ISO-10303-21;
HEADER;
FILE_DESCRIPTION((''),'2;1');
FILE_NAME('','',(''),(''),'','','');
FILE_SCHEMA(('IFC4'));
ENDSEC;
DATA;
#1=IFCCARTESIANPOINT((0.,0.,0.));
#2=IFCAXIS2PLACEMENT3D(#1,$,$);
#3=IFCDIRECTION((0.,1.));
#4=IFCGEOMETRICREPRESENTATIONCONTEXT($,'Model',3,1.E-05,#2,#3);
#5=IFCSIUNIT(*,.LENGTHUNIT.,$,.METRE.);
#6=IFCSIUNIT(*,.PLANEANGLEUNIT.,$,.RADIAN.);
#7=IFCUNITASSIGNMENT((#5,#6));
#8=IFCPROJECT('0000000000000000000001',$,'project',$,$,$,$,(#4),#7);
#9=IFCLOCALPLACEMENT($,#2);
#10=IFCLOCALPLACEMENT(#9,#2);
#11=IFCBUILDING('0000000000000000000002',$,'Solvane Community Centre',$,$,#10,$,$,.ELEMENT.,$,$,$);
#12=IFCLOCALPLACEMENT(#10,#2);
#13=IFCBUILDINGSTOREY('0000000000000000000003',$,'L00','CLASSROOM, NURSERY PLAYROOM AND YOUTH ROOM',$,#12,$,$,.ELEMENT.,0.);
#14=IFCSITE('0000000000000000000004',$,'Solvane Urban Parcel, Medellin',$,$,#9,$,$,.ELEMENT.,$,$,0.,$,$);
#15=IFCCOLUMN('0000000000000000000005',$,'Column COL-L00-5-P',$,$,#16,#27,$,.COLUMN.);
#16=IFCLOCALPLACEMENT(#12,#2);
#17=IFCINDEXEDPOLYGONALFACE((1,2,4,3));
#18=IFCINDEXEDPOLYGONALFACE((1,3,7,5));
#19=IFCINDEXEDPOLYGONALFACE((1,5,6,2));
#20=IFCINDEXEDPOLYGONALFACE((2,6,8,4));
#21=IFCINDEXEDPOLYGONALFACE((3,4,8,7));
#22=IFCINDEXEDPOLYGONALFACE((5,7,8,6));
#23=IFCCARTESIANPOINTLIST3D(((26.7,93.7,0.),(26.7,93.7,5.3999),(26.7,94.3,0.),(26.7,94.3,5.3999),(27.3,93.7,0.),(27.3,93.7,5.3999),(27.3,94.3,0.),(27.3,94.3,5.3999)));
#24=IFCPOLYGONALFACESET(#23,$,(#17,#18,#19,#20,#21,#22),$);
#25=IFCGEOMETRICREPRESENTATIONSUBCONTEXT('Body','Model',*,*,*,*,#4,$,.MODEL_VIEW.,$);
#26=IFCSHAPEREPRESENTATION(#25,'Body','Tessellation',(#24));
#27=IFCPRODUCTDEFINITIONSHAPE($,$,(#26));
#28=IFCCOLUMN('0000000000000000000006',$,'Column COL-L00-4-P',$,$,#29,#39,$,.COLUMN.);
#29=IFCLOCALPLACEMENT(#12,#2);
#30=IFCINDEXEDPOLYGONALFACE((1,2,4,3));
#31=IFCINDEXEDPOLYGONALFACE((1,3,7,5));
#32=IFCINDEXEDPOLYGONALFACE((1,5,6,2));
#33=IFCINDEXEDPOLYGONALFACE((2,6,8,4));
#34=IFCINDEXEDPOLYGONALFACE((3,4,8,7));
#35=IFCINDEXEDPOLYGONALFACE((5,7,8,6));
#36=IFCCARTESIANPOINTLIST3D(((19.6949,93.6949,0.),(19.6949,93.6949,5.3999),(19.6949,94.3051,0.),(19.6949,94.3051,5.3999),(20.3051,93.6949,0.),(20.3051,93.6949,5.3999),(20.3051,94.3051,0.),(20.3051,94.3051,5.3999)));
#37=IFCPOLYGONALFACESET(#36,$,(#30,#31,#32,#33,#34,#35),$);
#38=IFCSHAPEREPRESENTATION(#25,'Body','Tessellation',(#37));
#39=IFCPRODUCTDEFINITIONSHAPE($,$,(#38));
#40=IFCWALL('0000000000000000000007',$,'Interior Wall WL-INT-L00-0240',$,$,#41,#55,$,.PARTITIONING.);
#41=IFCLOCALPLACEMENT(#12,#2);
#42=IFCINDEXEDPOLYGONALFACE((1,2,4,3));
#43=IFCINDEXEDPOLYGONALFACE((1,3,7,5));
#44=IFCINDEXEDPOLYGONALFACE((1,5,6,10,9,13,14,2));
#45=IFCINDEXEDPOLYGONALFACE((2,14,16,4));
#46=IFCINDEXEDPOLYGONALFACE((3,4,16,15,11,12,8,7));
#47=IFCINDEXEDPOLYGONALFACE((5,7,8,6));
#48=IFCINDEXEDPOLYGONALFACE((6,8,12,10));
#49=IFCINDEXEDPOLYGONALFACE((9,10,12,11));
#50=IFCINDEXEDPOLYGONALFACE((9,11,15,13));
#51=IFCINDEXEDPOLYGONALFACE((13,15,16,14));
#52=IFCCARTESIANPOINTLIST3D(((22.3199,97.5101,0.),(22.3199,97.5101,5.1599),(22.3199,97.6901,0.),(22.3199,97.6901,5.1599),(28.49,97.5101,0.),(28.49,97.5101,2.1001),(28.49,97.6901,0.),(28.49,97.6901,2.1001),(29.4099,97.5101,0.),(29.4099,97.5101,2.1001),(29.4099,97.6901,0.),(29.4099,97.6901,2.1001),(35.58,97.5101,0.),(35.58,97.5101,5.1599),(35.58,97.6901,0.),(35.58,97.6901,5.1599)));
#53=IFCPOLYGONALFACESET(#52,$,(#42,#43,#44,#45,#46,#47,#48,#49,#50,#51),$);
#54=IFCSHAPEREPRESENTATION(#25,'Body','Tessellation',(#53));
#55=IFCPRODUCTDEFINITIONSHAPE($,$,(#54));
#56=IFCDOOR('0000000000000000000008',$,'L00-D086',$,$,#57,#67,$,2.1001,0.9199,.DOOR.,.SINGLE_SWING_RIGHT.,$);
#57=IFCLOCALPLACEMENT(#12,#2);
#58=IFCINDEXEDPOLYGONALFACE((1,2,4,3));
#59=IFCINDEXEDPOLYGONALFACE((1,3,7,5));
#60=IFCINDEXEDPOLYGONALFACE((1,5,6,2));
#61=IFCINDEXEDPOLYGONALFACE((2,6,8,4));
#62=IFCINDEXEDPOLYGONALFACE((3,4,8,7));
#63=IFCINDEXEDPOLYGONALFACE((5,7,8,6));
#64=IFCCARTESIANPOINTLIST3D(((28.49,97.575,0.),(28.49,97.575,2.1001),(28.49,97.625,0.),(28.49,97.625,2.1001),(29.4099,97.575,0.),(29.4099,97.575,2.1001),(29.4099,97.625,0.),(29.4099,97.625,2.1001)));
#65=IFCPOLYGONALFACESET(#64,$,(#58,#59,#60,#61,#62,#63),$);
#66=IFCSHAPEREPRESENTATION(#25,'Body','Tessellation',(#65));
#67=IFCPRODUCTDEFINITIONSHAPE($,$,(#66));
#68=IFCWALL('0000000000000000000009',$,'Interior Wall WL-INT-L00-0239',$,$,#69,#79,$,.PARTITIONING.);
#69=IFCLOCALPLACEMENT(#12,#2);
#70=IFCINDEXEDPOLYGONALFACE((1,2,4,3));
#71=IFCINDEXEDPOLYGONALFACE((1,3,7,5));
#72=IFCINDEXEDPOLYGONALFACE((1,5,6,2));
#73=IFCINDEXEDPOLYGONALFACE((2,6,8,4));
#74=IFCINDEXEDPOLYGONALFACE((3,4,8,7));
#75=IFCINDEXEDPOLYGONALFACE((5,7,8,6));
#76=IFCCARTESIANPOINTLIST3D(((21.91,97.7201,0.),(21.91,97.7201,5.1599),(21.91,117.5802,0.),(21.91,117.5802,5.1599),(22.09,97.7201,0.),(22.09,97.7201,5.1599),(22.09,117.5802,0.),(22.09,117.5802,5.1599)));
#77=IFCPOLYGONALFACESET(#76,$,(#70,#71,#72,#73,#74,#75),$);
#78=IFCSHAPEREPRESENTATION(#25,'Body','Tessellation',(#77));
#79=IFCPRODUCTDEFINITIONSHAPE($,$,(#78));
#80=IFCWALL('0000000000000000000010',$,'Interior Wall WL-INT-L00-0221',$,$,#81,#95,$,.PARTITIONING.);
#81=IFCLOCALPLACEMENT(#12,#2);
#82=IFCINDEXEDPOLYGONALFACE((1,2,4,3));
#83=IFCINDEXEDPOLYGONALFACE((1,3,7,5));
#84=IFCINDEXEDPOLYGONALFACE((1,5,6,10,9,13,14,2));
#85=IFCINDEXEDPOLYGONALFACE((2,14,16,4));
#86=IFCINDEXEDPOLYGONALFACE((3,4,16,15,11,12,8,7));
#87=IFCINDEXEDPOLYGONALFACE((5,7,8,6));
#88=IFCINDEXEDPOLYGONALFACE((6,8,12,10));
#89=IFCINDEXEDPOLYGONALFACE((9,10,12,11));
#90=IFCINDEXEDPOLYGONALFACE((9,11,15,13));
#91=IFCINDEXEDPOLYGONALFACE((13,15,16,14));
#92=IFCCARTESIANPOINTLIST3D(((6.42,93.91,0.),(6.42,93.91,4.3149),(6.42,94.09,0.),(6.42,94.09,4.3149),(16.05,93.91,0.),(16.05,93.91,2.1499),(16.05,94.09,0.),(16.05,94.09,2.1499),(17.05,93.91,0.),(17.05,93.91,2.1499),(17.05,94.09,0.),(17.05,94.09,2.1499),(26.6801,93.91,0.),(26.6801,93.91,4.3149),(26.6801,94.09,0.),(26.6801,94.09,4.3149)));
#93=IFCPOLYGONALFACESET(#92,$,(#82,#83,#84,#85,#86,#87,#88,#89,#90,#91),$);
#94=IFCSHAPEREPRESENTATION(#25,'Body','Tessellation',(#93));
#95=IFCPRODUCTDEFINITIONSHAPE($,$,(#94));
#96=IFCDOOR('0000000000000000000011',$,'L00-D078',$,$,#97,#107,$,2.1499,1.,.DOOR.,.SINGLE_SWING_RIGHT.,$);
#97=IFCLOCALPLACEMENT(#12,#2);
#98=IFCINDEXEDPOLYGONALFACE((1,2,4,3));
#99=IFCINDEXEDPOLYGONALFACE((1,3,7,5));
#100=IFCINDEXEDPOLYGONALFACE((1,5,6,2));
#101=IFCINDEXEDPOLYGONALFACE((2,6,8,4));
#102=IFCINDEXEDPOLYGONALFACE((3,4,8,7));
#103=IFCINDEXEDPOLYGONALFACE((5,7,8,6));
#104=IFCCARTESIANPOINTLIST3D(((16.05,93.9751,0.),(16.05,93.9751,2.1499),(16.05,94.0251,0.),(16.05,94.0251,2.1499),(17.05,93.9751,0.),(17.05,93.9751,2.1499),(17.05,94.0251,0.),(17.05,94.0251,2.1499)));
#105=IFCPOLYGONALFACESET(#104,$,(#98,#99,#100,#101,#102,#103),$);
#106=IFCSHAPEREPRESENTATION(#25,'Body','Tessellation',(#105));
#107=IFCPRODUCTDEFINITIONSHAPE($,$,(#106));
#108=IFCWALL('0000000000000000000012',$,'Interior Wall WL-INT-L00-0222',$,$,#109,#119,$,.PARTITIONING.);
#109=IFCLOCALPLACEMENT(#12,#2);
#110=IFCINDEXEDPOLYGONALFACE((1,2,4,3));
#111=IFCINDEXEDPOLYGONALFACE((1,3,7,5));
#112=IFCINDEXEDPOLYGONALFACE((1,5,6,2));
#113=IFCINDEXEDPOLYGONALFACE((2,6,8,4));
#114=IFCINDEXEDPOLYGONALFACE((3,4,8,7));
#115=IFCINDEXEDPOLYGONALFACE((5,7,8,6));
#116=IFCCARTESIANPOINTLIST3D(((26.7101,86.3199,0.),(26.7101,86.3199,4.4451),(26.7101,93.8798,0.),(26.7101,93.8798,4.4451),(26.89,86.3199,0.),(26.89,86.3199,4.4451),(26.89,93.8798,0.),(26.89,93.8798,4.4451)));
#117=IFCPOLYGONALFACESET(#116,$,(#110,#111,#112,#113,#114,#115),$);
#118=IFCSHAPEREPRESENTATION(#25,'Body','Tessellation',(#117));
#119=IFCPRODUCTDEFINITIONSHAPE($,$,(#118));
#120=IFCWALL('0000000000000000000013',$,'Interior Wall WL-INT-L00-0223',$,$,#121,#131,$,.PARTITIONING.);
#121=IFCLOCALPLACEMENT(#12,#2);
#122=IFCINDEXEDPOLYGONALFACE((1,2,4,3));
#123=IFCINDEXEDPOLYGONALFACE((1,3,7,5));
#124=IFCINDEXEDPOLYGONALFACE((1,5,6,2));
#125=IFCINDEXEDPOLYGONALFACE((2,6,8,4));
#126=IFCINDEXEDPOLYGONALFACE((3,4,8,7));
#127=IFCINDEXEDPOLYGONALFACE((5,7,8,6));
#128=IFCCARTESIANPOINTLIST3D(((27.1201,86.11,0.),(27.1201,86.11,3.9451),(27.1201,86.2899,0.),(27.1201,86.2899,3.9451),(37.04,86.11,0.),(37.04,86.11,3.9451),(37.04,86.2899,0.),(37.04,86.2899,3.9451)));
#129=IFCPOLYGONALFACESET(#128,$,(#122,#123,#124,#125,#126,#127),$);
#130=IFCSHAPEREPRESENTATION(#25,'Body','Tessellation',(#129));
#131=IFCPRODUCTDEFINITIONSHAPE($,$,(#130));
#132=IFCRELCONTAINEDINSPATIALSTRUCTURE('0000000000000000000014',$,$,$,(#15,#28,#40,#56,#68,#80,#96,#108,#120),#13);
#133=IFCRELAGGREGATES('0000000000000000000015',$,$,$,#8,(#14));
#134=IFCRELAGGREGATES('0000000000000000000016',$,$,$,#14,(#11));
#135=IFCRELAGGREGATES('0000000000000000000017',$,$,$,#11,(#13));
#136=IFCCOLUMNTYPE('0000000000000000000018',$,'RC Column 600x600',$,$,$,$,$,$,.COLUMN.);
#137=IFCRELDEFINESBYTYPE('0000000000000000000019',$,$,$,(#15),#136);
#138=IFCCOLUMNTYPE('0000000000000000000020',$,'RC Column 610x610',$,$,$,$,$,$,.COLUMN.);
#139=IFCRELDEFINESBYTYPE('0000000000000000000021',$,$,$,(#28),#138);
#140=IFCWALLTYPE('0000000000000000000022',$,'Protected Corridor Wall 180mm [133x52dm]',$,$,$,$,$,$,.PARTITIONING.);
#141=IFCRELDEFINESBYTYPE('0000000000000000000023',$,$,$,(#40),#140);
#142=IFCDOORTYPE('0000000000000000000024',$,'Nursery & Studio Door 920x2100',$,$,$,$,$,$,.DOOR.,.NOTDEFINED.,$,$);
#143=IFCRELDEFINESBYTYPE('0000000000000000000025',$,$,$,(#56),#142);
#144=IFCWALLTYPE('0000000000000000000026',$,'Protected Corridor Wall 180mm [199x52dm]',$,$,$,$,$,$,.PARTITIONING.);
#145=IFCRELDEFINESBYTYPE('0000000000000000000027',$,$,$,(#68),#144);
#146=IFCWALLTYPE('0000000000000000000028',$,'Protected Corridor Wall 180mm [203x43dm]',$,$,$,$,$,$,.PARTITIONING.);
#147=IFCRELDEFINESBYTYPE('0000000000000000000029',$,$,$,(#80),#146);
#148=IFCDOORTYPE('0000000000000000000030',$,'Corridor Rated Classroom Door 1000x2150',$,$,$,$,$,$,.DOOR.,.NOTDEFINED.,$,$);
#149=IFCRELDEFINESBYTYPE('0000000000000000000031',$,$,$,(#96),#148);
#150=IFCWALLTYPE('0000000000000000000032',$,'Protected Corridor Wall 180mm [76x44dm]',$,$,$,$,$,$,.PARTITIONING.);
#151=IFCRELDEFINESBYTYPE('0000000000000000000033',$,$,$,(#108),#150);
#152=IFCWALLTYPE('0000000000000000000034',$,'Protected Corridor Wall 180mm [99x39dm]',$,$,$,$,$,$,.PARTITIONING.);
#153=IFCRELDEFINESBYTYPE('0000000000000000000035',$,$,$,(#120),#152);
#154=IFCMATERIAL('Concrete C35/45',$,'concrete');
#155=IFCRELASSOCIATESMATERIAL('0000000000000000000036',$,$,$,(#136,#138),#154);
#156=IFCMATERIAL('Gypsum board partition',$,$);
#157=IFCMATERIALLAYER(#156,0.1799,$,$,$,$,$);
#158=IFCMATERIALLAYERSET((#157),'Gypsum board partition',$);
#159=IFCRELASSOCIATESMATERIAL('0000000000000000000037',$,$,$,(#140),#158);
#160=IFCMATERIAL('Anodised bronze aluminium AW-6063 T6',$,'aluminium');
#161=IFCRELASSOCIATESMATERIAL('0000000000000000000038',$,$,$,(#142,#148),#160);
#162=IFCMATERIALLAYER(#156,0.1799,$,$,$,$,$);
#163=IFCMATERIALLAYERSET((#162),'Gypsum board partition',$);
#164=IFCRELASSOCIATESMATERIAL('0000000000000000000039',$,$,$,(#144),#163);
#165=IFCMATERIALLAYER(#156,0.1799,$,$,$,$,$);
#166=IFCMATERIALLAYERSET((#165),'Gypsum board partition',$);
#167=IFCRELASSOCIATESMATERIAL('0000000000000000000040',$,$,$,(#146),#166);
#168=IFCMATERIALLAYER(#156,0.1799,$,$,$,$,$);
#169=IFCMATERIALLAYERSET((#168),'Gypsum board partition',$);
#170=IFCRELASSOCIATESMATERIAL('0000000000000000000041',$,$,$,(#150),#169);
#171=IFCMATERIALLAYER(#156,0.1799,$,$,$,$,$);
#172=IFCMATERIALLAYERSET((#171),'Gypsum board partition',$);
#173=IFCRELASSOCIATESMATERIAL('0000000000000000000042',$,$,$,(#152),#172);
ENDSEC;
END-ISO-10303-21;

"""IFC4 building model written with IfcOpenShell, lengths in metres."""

from ifc_helpers import new_model, si_unit, direction, frame, frame_2d, origin, origin_2d, place, context, subcontext, project, spatial, rectangle, extrude, material, layer, layer_set, material_profile, profile_set, type_object, element, fill, save


model = new_model("IFC4")

# Units and contexts
model_context = context("Model", 3, precision=1e-05, world=origin(), true_north=direction((0.0, 1.0)))
body_context = subcontext(model_context, "Body", "Model", "MODEL_VIEW")
ifc_project = project(units=[si_unit("LENGTHUNIT", "METRE"), si_unit("PLANEANGLEUNIT", "RADIAN")], contexts=[model_context])

# Site, building, storey
site_placement = place(None, origin())
site = spatial("IfcSite", under=ifc_project, at=site_placement, Name="Solvane Urban Parcel, Medellin", CompositionType="ELEMENT", RefElevation=0.0)
building_placement = place(site_placement, origin())
building = spatial("IfcBuilding", under=site, at=building_placement, Name="Solvane Community Centre", CompositionType="ELEMENT")
storey_placement = place(building_placement, origin())
storey = spatial("IfcBuildingStorey", under=building, at=storey_placement, Name="L00", Description="CLASSROOM, NURSERY PLAYROOM AND YOUTH ROOM", CompositionType="ELEMENT", Elevation=0.0)

# Columns
ifc_material_1 = material(Name="Concrete C35/45", Category="concrete")
ifc_material_profile_1 = material_profile(ifc_material_1, rectangle(XDim=0.6001, YDim=0.6001, at=origin_2d()), Name="RC 600x600")
ifc_profile_set_1 = profile_set([ifc_material_profile_1], Name="Concrete C35/45")
column_type_1 = type_object("IfcColumnType", Name="RC Column 600x600", PredefinedType="COLUMN", material=ifc_profile_set_1)
column_1_placement = place(storey_placement, frame((27.0, 94.0, 0.0), z_axis=(0.0, 0.0, 1.0), x_axis=(1.0, 0.0, 0.0)))
element("IfcColumn", 1, at=column_1_placement, inside=storey, type_object=column_type_1, Name="Column COL-L00-5-P", PredefinedType="COLUMN", context=body_context, shape_type="SweptSolid", body=[
    extrude(rectangle(XDim=0.6001, YDim=0.6001, at=origin_2d()), origin(), (0.0, 0.0, 1.0), 5.3999),
])
ifc_material_profile_2 = material_profile(ifc_material_1, rectangle(XDim=0.6101, YDim=0.6101, at=origin_2d()), Name="RC 610x610")
ifc_profile_set_2 = profile_set([ifc_material_profile_2], Name="Concrete C35/45")
column_type_2 = type_object("IfcColumnType", Name="RC Column 610x610", PredefinedType="COLUMN", material=ifc_profile_set_2)
column_2_placement = place(storey_placement, frame((20.0, 94.0, 0.0), z_axis=(0.0, 0.0, 1.0), x_axis=(1.0, 0.0, 0.0)))
element("IfcColumn", 2, at=column_2_placement, inside=storey, type_object=column_type_2, Name="Column COL-L00-4-P", PredefinedType="COLUMN", context=body_context, shape_type="SweptSolid", body=[
    extrude(rectangle(XDim=0.6101, YDim=0.6101, at=origin_2d()), origin(), (0.0, 0.0, 1.0), 5.3999),
])

# Wall, opening, door
ifc_material_2 = material(Name="Gypsum board partition")
ifc_layer_1 = layer(ifc_material_2, 0.1799)
ifc_layer_set_1 = layer_set([ifc_layer_1], Name="Gypsum board partition")
wall_type_1 = type_object("IfcWallType", Name="Protected Corridor Wall 180mm [133x52dm]", PredefinedType="PARTITIONING", material=ifc_layer_set_1)
wall_1_placement = place(storey_placement, frame((22.3201, 97.6001, 0.0), z_axis=(0.0, 0.0, 1.0), x_axis=(1.0, 0.0, 0.0)))
wall_1 = element("IfcWall", 3, at=wall_1_placement, inside=storey, type_object=wall_type_1, Name="Interior Wall WL-INT-L00-0240", PredefinedType="PARTITIONING", context=body_context, shape_type="SweptSolid", body=[
    extrude(rectangle(XDim=13.26, YDim=0.1799, at=frame_2d((6.6299, 0.0))), origin(), (0.0, 0.0, 1.0), 5.1599),
])
opening_1_placement = place(wall_1_placement, frame((6.1699, 0.0, 0.0)))
opening_1 = element("IfcOpeningElement", 4, at=opening_1_placement, cuts=wall_1, PredefinedType="OPENING", context=body_context, shape_type="SweptSolid", body=[
    extrude(rectangle(XDim=0.9199, YDim=2.1001, at=frame_2d((0.46, 1.05))), frame((0.0, 0.0999, 0.0), z_axis=(0.0, -1.0, 0.0), x_axis=(1.0, 0.0, 0.0)), (0.0, 0.0, 1.0), 0.2),
])
ifc_material_3 = material(Name="Anodised bronze aluminium AW-6063 T6", Category="aluminium")
door_type_1 = type_object("IfcDoorType", Name="Nursery & Studio Door 920x2100", OperationType="NOTDEFINED", PredefinedType="DOOR", material=ifc_material_3)
door_1_placement = place(opening_1_placement, origin())
door_1 = element("IfcDoor", 5, at=door_1_placement, inside=storey, type_object=door_type_1, Name="L00-D086", OperationType="SINGLE_SWING_RIGHT", OverallHeight=2.1001, OverallWidth=0.9199, PredefinedType="DOOR", context=body_context, shape_type="SweptSolid", body=[
    extrude(rectangle(XDim=0.9199, YDim=2.1001, at=frame_2d((0.46, 1.05))), frame((0.0, 0.0249, 0.0), z_axis=(0.0, -1.0, 0.0), x_axis=(1.0, 0.0, 0.0)), (0.0, 0.0, 1.0), 0.05),
])
fill(opening_1, door_1)

# Wall
ifc_layer_2 = layer(ifc_material_2, 0.1799)
ifc_layer_set_2 = layer_set([ifc_layer_2], Name="Gypsum board partition")
wall_type_2 = type_object("IfcWallType", Name="Protected Corridor Wall 180mm [199x52dm]", PredefinedType="PARTITIONING", material=ifc_layer_set_2)
wall_2_placement = place(storey_placement, frame((22.0, 97.72, 0.0), z_axis=(0.0, 0.0, 1.0), x_axis=(0.0, 1.0, 0.0)))
element("IfcWall", 6, at=wall_2_placement, inside=storey, type_object=wall_type_2, Name="Interior Wall WL-INT-L00-0239", PredefinedType="PARTITIONING", context=body_context, shape_type="SweptSolid", body=[
    extrude(rectangle(XDim=19.8601, YDim=0.1799, at=frame_2d((9.9302, 0.0))), origin(), (0.0, 0.0, 1.0), 5.1599),
])

# Wall, opening, door
ifc_layer_3 = layer(ifc_material_2, 0.1799)
ifc_layer_set_3 = layer_set([ifc_layer_3], Name="Gypsum board partition")
wall_type_3 = type_object("IfcWallType", Name="Protected Corridor Wall 180mm [203x43dm]", PredefinedType="PARTITIONING", material=ifc_layer_set_3)
wall_3_placement = place(storey_placement, frame((26.6799, 94.0, 0.0), z_axis=(0.0, 0.0, 1.0), x_axis=(-1.0, 0.0, 0.0)))
wall_3 = element("IfcWall", 7, at=wall_3_placement, inside=storey, type_object=wall_type_3, Name="Interior Wall WL-INT-L00-0221", PredefinedType="PARTITIONING", context=body_context, shape_type="SweptSolid", body=[
    extrude(rectangle(XDim=20.26, YDim=0.1799, at=frame_2d((10.1299, 0.0))), origin(), (0.0, 0.0, 1.0), 4.3149),
])
opening_2_placement = place(wall_3_placement, frame((9.6299, 0.0, 0.0)))
opening_2 = element("IfcOpeningElement", 8, at=opening_2_placement, cuts=wall_3, PredefinedType="OPENING", context=body_context, shape_type="SweptSolid", body=[
    extrude(rectangle(XDim=1.0, YDim=2.1499, at=frame_2d((0.5, 1.075))), frame((0.0, 0.0999, 0.0), z_axis=(0.0, -1.0, 0.0), x_axis=(1.0, 0.0, 0.0)), (0.0, 0.0, 1.0), 0.2),
])
door_type_2 = type_object("IfcDoorType", Name="Corridor Rated Classroom Door 1000x2150", OperationType="NOTDEFINED", PredefinedType="DOOR", material=ifc_material_3)
door_2_placement = place(opening_2_placement, origin())
door_2 = element("IfcDoor", 9, at=door_2_placement, inside=storey, type_object=door_type_2, Name="L00-D078", OperationType="SINGLE_SWING_RIGHT", OverallHeight=2.1499, OverallWidth=1.0, PredefinedType="DOOR", context=body_context, shape_type="SweptSolid", body=[
    extrude(rectangle(XDim=1.0, YDim=2.1499, at=frame_2d((0.5, 1.075))), frame((0.0, 0.0249, 0.0), z_axis=(0.0, -1.0, 0.0), x_axis=(1.0, 0.0, 0.0)), (0.0, 0.0, 1.0), 0.05),
])
fill(opening_2, door_2)

# Walls
ifc_layer_4 = layer(ifc_material_2, 0.1799)
ifc_layer_set_4 = layer_set([ifc_layer_4], Name="Gypsum board partition")
wall_type_4 = type_object("IfcWallType", Name="Protected Corridor Wall 180mm [76x44dm]", PredefinedType="PARTITIONING", material=ifc_layer_set_4)
wall_4_placement = place(storey_placement, frame((26.8, 86.3201, 0.0), z_axis=(0.0, 0.0, 1.0), x_axis=(0.0, 1.0, 0.0)))
element("IfcWall", 10, at=wall_4_placement, inside=storey, type_object=wall_type_4, Name="Interior Wall WL-INT-L00-0222", PredefinedType="PARTITIONING", context=body_context, shape_type="SweptSolid", body=[
    extrude(rectangle(XDim=7.5598, YDim=0.1799, at=frame_2d((3.7798, 0.0))), origin(), (0.0, 0.0, 1.0), 4.4451),
])
ifc_layer_5 = layer(ifc_material_2, 0.1799)
ifc_layer_set_5 = layer_set([ifc_layer_5], Name="Gypsum board partition")
wall_type_5 = type_object("IfcWallType", Name="Protected Corridor Wall 180mm [99x39dm]", PredefinedType="PARTITIONING", material=ifc_layer_set_5)
wall_5_placement = place(storey_placement, frame((27.1201, 86.2, 0.0), z_axis=(0.0, 0.0, 1.0), x_axis=(1.0, 0.0, 0.0)))
element("IfcWall", 11, at=wall_5_placement, inside=storey, type_object=wall_type_5, Name="Interior Wall WL-INT-L00-0223", PredefinedType="PARTITIONING", context=body_context, shape_type="SweptSolid", body=[
    extrude(rectangle(XDim=9.9199, YDim=0.1799, at=frame_2d((4.96, 0.0))), origin(), (0.0, 0.0, 1.0), 3.9451),
])

save(model, "model.ifc")
